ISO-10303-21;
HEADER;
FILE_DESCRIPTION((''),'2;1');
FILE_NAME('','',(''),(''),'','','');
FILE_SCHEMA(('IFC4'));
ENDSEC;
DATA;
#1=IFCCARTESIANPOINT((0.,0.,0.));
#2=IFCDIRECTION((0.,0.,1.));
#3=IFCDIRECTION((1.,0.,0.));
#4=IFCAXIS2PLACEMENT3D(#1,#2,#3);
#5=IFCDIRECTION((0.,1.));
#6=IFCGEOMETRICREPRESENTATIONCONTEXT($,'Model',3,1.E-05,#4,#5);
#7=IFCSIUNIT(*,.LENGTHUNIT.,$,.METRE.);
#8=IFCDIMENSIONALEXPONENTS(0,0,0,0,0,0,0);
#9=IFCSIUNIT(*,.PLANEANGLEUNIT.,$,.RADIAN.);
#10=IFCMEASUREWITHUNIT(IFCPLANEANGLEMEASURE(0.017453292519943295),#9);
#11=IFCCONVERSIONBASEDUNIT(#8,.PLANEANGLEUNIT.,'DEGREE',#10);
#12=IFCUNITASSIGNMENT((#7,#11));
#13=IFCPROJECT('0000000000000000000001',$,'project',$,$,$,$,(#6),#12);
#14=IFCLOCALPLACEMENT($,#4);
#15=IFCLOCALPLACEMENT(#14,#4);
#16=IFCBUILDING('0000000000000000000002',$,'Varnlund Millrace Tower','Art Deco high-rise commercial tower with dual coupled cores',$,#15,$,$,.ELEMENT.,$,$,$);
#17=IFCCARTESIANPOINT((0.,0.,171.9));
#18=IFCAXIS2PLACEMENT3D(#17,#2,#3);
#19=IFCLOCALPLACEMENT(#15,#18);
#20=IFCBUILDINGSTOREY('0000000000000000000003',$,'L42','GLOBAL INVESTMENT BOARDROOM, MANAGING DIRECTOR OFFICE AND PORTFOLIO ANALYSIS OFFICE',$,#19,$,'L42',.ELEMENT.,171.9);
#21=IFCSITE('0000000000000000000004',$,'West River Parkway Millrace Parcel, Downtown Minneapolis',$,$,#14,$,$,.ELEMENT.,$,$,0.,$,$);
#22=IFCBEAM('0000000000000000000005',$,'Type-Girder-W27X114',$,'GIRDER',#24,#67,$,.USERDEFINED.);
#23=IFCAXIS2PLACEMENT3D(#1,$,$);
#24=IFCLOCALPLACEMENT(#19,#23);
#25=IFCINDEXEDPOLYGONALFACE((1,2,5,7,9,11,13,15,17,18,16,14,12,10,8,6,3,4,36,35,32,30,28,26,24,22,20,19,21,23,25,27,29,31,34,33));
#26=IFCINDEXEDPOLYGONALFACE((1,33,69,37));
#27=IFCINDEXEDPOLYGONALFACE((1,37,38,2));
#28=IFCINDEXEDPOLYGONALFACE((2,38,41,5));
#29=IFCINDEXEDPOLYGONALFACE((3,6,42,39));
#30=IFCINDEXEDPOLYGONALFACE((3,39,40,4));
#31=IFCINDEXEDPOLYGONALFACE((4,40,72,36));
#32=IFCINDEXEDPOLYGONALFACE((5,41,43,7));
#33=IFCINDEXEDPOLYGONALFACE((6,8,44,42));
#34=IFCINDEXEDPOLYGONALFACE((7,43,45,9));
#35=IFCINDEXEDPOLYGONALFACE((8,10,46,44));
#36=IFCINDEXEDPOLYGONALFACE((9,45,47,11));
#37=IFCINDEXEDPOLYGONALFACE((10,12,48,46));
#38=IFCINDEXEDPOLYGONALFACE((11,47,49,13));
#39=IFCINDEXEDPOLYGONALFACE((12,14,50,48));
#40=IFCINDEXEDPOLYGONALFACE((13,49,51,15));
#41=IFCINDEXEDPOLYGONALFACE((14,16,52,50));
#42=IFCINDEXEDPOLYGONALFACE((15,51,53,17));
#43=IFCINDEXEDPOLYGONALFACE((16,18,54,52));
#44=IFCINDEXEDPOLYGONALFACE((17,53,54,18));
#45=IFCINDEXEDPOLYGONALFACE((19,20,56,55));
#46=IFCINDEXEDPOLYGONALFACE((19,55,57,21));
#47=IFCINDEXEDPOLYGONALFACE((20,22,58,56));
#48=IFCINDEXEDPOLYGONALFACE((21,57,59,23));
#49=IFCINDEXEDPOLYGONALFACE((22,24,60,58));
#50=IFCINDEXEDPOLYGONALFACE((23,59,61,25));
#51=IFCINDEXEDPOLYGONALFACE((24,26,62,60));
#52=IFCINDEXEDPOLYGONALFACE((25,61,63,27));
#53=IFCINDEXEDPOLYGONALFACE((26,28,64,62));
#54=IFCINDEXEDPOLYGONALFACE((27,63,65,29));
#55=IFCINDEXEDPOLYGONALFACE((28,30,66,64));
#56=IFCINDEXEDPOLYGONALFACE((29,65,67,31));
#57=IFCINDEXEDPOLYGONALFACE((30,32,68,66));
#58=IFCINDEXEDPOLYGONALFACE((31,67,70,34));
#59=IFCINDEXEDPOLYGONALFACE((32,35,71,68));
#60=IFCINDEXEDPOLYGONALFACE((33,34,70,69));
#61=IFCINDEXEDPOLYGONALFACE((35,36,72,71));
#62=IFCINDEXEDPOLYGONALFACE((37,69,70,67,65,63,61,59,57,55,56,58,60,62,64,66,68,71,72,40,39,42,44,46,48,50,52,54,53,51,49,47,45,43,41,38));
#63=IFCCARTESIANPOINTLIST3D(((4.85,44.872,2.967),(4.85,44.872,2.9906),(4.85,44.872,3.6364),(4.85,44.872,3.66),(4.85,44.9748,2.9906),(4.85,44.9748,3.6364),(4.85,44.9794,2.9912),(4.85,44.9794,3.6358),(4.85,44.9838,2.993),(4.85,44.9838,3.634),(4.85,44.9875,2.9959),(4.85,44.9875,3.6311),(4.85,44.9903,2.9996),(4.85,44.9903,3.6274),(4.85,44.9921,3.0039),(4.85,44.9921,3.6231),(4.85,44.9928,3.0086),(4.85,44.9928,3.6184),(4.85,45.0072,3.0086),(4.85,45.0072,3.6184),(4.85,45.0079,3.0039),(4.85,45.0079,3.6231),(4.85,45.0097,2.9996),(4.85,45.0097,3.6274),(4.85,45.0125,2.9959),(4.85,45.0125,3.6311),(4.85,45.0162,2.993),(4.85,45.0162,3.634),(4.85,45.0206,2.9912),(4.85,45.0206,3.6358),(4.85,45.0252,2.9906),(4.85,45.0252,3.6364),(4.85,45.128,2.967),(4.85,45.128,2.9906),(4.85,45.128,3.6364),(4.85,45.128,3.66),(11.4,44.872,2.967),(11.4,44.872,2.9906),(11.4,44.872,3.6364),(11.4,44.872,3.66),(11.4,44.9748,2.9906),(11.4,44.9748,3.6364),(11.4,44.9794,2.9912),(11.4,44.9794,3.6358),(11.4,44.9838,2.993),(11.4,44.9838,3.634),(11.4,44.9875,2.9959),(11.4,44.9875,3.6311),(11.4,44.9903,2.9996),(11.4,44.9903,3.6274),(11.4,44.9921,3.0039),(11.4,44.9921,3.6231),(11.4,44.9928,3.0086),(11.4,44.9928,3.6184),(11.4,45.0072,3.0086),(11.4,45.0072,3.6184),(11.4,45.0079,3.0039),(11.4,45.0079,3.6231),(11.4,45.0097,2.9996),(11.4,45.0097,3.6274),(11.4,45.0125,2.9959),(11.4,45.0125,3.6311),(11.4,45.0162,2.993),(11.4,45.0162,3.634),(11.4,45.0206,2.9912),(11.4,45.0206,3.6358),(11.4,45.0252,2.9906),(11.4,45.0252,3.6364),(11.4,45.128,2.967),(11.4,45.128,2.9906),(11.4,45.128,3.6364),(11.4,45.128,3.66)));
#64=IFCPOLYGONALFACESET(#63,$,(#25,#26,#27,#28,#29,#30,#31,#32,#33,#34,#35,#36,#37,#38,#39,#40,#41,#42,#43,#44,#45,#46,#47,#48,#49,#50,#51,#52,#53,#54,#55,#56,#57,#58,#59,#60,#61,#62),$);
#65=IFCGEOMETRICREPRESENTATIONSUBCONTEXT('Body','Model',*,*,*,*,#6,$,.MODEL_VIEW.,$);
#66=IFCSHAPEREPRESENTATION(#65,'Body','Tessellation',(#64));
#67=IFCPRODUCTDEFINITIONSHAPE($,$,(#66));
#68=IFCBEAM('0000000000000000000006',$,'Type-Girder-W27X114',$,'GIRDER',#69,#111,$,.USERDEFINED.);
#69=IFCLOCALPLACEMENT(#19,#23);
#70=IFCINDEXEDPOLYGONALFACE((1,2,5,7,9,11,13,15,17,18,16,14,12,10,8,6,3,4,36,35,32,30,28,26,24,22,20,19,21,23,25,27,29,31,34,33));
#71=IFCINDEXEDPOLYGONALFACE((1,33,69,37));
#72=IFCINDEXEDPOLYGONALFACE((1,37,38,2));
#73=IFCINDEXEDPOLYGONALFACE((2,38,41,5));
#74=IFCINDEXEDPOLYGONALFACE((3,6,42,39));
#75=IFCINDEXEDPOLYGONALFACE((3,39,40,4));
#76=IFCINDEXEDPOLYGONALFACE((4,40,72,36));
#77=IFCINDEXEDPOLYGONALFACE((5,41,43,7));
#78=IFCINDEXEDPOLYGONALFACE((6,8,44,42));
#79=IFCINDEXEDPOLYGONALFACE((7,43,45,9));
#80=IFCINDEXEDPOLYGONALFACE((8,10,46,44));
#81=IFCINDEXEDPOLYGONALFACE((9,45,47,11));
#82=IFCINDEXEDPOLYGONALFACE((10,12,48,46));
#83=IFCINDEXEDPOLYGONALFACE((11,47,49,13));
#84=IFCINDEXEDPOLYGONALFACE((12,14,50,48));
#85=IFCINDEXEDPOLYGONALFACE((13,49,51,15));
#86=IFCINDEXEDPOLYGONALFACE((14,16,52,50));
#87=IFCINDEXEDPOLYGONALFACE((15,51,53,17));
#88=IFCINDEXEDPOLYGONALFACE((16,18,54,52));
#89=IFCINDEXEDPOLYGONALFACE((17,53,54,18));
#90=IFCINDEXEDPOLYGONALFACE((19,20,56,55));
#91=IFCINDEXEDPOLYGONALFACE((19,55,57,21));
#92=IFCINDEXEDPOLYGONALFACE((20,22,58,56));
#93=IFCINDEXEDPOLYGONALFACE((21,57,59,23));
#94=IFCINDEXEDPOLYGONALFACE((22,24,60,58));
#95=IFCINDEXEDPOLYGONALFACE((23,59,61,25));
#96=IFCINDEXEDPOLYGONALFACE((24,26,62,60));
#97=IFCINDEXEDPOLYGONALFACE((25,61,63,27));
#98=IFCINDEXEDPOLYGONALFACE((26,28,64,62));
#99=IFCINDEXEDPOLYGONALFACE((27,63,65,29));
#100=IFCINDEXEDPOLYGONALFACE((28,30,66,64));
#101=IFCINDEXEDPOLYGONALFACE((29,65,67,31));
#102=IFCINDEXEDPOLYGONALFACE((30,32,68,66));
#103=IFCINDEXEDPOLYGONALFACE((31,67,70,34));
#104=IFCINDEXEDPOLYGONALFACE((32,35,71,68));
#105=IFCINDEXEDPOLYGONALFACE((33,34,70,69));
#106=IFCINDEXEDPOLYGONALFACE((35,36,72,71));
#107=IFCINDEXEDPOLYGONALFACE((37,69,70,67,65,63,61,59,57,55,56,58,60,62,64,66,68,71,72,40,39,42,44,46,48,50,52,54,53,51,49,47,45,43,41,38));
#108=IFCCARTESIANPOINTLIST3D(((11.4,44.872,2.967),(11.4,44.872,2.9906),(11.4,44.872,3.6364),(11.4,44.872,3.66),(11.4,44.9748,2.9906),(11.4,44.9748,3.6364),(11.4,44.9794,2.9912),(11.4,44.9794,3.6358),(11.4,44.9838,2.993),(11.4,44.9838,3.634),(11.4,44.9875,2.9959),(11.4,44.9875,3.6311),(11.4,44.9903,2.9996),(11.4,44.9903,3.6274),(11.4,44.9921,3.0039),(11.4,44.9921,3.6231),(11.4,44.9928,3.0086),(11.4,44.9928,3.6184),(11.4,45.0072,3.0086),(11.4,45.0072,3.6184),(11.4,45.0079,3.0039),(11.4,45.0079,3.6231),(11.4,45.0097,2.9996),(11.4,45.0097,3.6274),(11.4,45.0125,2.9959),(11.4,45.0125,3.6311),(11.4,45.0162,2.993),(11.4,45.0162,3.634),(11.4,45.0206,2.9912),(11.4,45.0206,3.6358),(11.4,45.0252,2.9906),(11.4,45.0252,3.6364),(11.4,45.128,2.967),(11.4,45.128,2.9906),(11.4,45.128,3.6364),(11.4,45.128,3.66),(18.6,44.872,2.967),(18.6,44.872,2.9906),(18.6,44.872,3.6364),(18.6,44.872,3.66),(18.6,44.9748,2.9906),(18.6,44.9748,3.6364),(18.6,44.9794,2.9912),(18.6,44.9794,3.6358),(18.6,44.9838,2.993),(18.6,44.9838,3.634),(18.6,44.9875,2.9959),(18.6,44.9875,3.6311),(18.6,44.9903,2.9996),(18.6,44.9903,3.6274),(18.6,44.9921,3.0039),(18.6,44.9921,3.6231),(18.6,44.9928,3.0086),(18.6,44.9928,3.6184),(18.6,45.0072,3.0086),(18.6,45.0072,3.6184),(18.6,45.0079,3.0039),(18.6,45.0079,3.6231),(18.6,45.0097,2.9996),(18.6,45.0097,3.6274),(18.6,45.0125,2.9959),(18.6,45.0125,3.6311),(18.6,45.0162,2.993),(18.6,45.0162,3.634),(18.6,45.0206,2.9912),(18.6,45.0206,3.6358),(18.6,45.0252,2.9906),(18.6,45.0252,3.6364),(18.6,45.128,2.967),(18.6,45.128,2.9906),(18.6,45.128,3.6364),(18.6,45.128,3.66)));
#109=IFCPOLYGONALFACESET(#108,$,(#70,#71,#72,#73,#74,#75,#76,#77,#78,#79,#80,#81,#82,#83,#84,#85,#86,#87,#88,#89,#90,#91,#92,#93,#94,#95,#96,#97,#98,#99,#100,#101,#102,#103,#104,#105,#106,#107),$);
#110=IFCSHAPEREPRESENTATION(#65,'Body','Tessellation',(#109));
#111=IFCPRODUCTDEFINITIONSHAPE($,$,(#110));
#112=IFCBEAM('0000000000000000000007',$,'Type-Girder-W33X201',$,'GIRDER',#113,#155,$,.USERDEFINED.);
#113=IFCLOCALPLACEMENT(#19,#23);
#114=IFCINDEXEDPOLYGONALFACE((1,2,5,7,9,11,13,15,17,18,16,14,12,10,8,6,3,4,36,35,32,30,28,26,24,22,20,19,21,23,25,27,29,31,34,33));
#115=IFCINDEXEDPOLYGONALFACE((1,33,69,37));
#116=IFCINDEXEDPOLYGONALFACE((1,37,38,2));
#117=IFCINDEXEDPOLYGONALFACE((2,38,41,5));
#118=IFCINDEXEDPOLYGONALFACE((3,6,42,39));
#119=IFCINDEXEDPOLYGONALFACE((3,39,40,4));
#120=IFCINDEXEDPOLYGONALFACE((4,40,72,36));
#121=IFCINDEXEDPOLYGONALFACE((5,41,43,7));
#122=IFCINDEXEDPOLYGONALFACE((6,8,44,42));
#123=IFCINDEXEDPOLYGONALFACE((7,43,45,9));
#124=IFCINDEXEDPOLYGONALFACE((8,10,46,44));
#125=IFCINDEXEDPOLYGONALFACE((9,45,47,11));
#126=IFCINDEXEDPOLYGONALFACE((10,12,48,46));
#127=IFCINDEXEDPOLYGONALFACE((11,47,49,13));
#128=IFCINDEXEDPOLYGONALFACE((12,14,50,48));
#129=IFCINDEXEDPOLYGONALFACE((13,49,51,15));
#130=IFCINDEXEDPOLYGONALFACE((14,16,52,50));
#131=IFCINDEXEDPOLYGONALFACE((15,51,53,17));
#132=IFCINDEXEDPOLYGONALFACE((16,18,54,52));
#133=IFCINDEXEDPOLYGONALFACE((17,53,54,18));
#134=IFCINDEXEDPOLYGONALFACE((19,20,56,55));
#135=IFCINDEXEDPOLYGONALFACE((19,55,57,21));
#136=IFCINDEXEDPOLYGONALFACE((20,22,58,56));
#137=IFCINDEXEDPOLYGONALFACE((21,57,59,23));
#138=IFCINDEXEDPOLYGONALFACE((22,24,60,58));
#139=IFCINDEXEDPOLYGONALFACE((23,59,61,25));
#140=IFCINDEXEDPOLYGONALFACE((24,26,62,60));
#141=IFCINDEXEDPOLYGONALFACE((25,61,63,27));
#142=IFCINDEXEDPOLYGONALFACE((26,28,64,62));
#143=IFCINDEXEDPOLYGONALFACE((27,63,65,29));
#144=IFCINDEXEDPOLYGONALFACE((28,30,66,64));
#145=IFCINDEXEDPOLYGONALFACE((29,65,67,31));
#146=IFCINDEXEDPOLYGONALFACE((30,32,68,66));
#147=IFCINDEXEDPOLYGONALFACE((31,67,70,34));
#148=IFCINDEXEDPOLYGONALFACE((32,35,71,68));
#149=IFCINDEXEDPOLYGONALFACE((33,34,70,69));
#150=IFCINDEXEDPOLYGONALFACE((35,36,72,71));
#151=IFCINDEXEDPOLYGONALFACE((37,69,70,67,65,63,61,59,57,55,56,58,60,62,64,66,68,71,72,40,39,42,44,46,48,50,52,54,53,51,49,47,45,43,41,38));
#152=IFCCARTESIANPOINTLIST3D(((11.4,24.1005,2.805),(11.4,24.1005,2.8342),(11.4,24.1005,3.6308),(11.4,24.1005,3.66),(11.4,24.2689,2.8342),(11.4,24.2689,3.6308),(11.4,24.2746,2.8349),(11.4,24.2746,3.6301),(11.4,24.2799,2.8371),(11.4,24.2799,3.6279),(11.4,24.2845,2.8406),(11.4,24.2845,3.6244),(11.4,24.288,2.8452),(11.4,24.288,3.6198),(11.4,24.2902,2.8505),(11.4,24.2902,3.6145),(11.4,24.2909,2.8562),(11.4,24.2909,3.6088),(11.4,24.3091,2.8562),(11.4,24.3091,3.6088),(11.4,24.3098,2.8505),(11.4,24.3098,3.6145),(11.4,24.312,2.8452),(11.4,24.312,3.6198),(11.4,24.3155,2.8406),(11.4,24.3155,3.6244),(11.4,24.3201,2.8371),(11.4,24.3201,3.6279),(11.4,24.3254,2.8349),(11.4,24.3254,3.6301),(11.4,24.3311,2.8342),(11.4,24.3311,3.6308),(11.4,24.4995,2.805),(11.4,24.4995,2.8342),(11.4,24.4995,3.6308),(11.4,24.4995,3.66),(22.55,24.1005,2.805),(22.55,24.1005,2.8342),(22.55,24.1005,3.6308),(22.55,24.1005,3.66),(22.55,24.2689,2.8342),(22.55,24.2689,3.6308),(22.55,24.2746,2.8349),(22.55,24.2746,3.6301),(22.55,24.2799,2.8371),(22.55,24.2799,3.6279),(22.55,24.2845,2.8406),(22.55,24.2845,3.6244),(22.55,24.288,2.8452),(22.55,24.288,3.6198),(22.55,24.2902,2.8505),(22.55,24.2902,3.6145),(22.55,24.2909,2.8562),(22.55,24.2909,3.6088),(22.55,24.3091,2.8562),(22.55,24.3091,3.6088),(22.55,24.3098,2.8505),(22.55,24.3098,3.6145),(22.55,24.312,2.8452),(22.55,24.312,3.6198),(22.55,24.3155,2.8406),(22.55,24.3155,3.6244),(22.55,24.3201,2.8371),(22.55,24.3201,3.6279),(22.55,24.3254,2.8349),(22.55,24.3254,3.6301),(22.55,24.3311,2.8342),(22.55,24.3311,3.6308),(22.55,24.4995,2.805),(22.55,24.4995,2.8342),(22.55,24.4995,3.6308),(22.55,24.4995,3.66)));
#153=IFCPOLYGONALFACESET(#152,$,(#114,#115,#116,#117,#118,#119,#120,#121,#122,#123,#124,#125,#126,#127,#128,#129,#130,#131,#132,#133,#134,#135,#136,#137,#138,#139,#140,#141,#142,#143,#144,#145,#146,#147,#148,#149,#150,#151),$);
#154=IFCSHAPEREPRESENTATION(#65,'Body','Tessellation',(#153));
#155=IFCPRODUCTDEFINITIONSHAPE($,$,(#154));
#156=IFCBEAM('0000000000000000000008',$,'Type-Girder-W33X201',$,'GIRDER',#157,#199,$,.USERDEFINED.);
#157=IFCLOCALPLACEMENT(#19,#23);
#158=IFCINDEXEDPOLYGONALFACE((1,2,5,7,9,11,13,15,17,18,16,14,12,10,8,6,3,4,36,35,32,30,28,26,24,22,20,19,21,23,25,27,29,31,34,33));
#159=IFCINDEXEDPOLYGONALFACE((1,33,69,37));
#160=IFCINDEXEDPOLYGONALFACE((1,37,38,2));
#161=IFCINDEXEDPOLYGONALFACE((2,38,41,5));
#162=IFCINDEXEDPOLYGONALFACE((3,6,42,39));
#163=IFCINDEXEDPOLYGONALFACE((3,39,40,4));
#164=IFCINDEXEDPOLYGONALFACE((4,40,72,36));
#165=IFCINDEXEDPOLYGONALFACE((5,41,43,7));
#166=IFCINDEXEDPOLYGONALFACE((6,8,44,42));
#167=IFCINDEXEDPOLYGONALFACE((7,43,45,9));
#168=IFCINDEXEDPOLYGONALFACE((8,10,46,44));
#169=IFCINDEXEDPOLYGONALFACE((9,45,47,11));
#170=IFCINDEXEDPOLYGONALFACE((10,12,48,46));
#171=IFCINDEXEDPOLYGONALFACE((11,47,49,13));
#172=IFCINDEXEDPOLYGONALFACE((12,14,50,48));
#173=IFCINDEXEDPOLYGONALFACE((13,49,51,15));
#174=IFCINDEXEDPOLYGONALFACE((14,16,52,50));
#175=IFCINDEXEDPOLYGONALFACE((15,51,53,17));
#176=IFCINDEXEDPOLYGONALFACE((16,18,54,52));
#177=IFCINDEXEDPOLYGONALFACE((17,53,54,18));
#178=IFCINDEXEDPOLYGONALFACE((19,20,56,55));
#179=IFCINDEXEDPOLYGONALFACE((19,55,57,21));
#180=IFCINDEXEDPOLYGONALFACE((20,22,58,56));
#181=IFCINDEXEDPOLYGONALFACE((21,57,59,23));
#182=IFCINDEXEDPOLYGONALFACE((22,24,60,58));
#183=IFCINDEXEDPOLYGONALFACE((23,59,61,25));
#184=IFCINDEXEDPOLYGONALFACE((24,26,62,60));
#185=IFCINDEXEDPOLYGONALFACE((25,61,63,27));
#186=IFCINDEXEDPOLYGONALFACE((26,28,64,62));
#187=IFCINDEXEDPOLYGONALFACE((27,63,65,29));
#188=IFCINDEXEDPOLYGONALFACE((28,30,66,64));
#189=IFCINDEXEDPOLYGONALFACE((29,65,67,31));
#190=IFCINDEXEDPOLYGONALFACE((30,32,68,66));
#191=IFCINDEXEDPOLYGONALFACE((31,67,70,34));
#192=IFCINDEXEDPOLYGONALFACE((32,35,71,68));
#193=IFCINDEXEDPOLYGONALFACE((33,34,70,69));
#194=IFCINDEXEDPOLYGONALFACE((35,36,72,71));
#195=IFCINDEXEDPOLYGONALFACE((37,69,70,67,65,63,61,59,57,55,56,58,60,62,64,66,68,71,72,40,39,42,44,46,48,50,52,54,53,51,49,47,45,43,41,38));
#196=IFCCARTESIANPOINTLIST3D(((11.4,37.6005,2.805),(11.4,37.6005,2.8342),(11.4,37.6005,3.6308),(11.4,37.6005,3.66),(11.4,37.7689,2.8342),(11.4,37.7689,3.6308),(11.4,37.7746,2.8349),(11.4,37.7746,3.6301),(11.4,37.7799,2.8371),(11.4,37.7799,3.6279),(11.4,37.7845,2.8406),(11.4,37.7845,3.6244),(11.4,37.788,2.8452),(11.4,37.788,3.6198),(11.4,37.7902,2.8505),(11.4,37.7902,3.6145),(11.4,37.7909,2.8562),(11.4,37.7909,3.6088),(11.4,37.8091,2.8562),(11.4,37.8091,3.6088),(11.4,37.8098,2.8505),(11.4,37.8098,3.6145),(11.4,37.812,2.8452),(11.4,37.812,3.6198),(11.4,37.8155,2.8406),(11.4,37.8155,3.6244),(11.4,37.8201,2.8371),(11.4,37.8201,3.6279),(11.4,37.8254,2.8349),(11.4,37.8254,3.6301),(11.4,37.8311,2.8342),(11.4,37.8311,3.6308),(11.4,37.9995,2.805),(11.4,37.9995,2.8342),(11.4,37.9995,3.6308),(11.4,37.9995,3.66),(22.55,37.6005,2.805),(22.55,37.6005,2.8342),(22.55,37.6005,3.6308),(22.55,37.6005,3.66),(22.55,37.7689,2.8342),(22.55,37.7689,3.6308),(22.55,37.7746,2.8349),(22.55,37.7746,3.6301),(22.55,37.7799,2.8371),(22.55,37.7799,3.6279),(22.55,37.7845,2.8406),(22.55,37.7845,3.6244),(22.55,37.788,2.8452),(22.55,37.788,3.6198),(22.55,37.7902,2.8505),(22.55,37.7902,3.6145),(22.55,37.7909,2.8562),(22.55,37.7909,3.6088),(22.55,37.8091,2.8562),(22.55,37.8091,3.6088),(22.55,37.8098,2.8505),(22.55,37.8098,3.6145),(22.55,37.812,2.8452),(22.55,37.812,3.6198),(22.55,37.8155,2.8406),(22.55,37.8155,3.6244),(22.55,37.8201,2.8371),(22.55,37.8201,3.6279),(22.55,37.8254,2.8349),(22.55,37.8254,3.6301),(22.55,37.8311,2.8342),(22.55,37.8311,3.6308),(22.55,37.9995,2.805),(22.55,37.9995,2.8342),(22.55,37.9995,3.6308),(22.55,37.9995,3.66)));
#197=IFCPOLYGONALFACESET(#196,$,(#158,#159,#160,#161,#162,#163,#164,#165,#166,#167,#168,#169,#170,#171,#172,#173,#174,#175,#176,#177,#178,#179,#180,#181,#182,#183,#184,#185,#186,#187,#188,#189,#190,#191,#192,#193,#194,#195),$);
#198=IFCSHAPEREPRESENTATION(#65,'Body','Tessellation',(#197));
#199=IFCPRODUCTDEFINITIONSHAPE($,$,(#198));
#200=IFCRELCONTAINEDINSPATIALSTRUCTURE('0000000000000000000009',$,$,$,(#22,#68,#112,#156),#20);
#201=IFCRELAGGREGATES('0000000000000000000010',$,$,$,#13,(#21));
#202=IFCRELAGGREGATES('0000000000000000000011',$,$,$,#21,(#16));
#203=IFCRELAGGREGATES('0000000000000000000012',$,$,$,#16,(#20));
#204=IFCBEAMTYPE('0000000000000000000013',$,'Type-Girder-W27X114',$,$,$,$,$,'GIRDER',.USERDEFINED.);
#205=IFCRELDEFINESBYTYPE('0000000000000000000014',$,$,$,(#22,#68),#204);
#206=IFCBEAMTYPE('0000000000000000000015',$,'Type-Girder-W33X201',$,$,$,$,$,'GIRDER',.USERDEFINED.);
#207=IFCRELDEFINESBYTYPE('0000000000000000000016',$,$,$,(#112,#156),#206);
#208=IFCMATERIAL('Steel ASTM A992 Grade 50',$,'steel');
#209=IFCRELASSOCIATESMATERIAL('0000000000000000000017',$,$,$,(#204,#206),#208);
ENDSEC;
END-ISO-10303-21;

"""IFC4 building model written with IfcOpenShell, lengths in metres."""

from ifc_helpers import new_model, entity, si_unit, converted_unit, direction, frame, origin_with_axes, origin_2d_with_axis, place, context, subcontext, project, spatial, i_section, extrude, material, material_profile, profile_set, type_object, element, save


model = new_model("IFC4")

# Units and contexts
model_context = context("Model", 3, precision=1e-05, world=origin_with_axes(), true_north=direction((0.0, 1.0)))
body_context = subcontext(model_context, "Body", "Model", "MODEL_VIEW")
ifc_project = project(units=[si_unit("LENGTHUNIT", "METRE"), converted_unit("PLANEANGLEUNIT", "DEGREE", entity("IfcPlaneAngleMeasure", 0.017453292519943295), si_unit("PLANEANGLEUNIT", "RADIAN"), dimensions=[0, 0, 0, 0, 0, 0, 0])], contexts=[model_context])

# Site, building, storey
site_placement = place(None, origin_with_axes())
site = spatial("IfcSite", under=ifc_project, at=site_placement, Name="West River Parkway Millrace Parcel, Downtown Minneapolis", CompositionType="ELEMENT", RefElevation=0.0)
building_placement = place(site_placement, origin_with_axes())
building = spatial("IfcBuilding", under=site, at=building_placement, Name="Varnlund Millrace Tower", Description="Art Deco high-rise commercial tower with dual coupled cores", CompositionType="ELEMENT")
storey_placement = place(building_placement, frame((0.0, 0.0, 171.9), z_axis=(0.0, 0.0, 1.0), x_axis=(1.0, 0.0, 0.0)))
storey = spatial("IfcBuildingStorey", under=building, at=storey_placement, Name="L42", Description="GLOBAL INVESTMENT BOARDROOM, MANAGING DIRECTOR OFFICE AND PORTFOLIO ANALYSIS OFFICE", LongName="L42", CompositionType="ELEMENT", Elevation=171.9)

# Beams
ifc_material_1 = material(Name="Steel ASTM A992 Grade 50", Category="steel")
ifc_material_profile_1 = material_profile(ifc_material_1, i_section(OverallWidth=0.256, OverallDepth=0.693, WebThickness=0.0145, FlangeThickness=0.0236, FilletRadius=0.018, at=origin_2d_with_axis()), Name="Steel ASTM A992 Grade 50")
ifc_profile_set_1 = profile_set([ifc_material_profile_1], Name="Steel ASTM A992 Grade 50")
beam_type_1 = type_object("IfcBeamType", Name="Type-Girder-W27X114", ElementType="GIRDER", PredefinedType="USERDEFINED", material=ifc_profile_set_1)
beam_1_placement = place(storey_placement, frame((4.85, 45.0, 3.3135), z_axis=(1.0, 0.0, 0.0), x_axis=(0.0, 1.0, 0.0)))
element("IfcBeam", 1, at=beam_1_placement, inside=storey, type_object=beam_type_1, Name="Type-Girder-W27X114", ObjectType="GIRDER", PredefinedType="USERDEFINED", context=body_context, shape_type="SweptSolid", body=[
    extrude(i_section(OverallWidth=0.256, OverallDepth=0.693, WebThickness=0.0145, FlangeThickness=0.0236, FilletRadius=0.018, at=origin_2d_with_axis()), origin_with_axes(), (0.0, 0.0, 1.0), 6.55),
])
beam_2_placement = place(storey_placement, frame((11.4, 45.0, 3.3135), z_axis=(1.0, 0.0, 0.0), x_axis=(0.0, 1.0, 0.0)))
element("IfcBeam", 2, at=beam_2_placement, inside=storey, type_object=beam_type_1, Name="Type-Girder-W27X114", ObjectType="GIRDER", PredefinedType="USERDEFINED", context=body_context, shape_type="SweptSolid", body=[
    extrude(i_section(OverallWidth=0.256, OverallDepth=0.693, WebThickness=0.0145, FlangeThickness=0.0236, FilletRadius=0.018, at=origin_2d_with_axis()), origin_with_axes(), (0.0, 0.0, 1.0), 7.2),
])
ifc_material_profile_2 = material_profile(ifc_material_1, i_section(OverallWidth=0.399, OverallDepth=0.855, WebThickness=0.0182, FlangeThickness=0.0292, FilletRadius=0.022, at=origin_2d_with_axis()), Name="Steel ASTM A992 Grade 50")
ifc_profile_set_2 = profile_set([ifc_material_profile_2], Name="Steel ASTM A992 Grade 50")
beam_type_2 = type_object("IfcBeamType", Name="Type-Girder-W33X201", ElementType="GIRDER", PredefinedType="USERDEFINED", material=ifc_profile_set_2)
for number, where, z_axis, x_axis, name in (
    (3, (11.4, 24.3, 3.2325), (1.0, 0.0, 0.0), (0.0, 1.0, 0.0), "Type-Girder-W33X201"),
    (4, (11.4, 37.8, 3.2325), (1.0, 0.0, 0.0), (0.0, 1.0, 0.0), "Type-Girder-W33X201"),
):
    element("IfcBeam", number, at=place(storey_placement, frame(where, z_axis=z_axis, x_axis=x_axis)), inside=storey, type_object=beam_type_2, Name=name, ObjectType="GIRDER", PredefinedType="USERDEFINED", context=body_context, shape_type="SweptSolid", body=[
        extrude(i_section(OverallWidth=0.399, OverallDepth=0.855, WebThickness=0.0182, FlangeThickness=0.0292, FilletRadius=0.022, at=origin_2d_with_axis()), origin_with_axes(), (0.0, 0.0, 1.0), 11.15),
    ])

save(model, "model.ifc")
